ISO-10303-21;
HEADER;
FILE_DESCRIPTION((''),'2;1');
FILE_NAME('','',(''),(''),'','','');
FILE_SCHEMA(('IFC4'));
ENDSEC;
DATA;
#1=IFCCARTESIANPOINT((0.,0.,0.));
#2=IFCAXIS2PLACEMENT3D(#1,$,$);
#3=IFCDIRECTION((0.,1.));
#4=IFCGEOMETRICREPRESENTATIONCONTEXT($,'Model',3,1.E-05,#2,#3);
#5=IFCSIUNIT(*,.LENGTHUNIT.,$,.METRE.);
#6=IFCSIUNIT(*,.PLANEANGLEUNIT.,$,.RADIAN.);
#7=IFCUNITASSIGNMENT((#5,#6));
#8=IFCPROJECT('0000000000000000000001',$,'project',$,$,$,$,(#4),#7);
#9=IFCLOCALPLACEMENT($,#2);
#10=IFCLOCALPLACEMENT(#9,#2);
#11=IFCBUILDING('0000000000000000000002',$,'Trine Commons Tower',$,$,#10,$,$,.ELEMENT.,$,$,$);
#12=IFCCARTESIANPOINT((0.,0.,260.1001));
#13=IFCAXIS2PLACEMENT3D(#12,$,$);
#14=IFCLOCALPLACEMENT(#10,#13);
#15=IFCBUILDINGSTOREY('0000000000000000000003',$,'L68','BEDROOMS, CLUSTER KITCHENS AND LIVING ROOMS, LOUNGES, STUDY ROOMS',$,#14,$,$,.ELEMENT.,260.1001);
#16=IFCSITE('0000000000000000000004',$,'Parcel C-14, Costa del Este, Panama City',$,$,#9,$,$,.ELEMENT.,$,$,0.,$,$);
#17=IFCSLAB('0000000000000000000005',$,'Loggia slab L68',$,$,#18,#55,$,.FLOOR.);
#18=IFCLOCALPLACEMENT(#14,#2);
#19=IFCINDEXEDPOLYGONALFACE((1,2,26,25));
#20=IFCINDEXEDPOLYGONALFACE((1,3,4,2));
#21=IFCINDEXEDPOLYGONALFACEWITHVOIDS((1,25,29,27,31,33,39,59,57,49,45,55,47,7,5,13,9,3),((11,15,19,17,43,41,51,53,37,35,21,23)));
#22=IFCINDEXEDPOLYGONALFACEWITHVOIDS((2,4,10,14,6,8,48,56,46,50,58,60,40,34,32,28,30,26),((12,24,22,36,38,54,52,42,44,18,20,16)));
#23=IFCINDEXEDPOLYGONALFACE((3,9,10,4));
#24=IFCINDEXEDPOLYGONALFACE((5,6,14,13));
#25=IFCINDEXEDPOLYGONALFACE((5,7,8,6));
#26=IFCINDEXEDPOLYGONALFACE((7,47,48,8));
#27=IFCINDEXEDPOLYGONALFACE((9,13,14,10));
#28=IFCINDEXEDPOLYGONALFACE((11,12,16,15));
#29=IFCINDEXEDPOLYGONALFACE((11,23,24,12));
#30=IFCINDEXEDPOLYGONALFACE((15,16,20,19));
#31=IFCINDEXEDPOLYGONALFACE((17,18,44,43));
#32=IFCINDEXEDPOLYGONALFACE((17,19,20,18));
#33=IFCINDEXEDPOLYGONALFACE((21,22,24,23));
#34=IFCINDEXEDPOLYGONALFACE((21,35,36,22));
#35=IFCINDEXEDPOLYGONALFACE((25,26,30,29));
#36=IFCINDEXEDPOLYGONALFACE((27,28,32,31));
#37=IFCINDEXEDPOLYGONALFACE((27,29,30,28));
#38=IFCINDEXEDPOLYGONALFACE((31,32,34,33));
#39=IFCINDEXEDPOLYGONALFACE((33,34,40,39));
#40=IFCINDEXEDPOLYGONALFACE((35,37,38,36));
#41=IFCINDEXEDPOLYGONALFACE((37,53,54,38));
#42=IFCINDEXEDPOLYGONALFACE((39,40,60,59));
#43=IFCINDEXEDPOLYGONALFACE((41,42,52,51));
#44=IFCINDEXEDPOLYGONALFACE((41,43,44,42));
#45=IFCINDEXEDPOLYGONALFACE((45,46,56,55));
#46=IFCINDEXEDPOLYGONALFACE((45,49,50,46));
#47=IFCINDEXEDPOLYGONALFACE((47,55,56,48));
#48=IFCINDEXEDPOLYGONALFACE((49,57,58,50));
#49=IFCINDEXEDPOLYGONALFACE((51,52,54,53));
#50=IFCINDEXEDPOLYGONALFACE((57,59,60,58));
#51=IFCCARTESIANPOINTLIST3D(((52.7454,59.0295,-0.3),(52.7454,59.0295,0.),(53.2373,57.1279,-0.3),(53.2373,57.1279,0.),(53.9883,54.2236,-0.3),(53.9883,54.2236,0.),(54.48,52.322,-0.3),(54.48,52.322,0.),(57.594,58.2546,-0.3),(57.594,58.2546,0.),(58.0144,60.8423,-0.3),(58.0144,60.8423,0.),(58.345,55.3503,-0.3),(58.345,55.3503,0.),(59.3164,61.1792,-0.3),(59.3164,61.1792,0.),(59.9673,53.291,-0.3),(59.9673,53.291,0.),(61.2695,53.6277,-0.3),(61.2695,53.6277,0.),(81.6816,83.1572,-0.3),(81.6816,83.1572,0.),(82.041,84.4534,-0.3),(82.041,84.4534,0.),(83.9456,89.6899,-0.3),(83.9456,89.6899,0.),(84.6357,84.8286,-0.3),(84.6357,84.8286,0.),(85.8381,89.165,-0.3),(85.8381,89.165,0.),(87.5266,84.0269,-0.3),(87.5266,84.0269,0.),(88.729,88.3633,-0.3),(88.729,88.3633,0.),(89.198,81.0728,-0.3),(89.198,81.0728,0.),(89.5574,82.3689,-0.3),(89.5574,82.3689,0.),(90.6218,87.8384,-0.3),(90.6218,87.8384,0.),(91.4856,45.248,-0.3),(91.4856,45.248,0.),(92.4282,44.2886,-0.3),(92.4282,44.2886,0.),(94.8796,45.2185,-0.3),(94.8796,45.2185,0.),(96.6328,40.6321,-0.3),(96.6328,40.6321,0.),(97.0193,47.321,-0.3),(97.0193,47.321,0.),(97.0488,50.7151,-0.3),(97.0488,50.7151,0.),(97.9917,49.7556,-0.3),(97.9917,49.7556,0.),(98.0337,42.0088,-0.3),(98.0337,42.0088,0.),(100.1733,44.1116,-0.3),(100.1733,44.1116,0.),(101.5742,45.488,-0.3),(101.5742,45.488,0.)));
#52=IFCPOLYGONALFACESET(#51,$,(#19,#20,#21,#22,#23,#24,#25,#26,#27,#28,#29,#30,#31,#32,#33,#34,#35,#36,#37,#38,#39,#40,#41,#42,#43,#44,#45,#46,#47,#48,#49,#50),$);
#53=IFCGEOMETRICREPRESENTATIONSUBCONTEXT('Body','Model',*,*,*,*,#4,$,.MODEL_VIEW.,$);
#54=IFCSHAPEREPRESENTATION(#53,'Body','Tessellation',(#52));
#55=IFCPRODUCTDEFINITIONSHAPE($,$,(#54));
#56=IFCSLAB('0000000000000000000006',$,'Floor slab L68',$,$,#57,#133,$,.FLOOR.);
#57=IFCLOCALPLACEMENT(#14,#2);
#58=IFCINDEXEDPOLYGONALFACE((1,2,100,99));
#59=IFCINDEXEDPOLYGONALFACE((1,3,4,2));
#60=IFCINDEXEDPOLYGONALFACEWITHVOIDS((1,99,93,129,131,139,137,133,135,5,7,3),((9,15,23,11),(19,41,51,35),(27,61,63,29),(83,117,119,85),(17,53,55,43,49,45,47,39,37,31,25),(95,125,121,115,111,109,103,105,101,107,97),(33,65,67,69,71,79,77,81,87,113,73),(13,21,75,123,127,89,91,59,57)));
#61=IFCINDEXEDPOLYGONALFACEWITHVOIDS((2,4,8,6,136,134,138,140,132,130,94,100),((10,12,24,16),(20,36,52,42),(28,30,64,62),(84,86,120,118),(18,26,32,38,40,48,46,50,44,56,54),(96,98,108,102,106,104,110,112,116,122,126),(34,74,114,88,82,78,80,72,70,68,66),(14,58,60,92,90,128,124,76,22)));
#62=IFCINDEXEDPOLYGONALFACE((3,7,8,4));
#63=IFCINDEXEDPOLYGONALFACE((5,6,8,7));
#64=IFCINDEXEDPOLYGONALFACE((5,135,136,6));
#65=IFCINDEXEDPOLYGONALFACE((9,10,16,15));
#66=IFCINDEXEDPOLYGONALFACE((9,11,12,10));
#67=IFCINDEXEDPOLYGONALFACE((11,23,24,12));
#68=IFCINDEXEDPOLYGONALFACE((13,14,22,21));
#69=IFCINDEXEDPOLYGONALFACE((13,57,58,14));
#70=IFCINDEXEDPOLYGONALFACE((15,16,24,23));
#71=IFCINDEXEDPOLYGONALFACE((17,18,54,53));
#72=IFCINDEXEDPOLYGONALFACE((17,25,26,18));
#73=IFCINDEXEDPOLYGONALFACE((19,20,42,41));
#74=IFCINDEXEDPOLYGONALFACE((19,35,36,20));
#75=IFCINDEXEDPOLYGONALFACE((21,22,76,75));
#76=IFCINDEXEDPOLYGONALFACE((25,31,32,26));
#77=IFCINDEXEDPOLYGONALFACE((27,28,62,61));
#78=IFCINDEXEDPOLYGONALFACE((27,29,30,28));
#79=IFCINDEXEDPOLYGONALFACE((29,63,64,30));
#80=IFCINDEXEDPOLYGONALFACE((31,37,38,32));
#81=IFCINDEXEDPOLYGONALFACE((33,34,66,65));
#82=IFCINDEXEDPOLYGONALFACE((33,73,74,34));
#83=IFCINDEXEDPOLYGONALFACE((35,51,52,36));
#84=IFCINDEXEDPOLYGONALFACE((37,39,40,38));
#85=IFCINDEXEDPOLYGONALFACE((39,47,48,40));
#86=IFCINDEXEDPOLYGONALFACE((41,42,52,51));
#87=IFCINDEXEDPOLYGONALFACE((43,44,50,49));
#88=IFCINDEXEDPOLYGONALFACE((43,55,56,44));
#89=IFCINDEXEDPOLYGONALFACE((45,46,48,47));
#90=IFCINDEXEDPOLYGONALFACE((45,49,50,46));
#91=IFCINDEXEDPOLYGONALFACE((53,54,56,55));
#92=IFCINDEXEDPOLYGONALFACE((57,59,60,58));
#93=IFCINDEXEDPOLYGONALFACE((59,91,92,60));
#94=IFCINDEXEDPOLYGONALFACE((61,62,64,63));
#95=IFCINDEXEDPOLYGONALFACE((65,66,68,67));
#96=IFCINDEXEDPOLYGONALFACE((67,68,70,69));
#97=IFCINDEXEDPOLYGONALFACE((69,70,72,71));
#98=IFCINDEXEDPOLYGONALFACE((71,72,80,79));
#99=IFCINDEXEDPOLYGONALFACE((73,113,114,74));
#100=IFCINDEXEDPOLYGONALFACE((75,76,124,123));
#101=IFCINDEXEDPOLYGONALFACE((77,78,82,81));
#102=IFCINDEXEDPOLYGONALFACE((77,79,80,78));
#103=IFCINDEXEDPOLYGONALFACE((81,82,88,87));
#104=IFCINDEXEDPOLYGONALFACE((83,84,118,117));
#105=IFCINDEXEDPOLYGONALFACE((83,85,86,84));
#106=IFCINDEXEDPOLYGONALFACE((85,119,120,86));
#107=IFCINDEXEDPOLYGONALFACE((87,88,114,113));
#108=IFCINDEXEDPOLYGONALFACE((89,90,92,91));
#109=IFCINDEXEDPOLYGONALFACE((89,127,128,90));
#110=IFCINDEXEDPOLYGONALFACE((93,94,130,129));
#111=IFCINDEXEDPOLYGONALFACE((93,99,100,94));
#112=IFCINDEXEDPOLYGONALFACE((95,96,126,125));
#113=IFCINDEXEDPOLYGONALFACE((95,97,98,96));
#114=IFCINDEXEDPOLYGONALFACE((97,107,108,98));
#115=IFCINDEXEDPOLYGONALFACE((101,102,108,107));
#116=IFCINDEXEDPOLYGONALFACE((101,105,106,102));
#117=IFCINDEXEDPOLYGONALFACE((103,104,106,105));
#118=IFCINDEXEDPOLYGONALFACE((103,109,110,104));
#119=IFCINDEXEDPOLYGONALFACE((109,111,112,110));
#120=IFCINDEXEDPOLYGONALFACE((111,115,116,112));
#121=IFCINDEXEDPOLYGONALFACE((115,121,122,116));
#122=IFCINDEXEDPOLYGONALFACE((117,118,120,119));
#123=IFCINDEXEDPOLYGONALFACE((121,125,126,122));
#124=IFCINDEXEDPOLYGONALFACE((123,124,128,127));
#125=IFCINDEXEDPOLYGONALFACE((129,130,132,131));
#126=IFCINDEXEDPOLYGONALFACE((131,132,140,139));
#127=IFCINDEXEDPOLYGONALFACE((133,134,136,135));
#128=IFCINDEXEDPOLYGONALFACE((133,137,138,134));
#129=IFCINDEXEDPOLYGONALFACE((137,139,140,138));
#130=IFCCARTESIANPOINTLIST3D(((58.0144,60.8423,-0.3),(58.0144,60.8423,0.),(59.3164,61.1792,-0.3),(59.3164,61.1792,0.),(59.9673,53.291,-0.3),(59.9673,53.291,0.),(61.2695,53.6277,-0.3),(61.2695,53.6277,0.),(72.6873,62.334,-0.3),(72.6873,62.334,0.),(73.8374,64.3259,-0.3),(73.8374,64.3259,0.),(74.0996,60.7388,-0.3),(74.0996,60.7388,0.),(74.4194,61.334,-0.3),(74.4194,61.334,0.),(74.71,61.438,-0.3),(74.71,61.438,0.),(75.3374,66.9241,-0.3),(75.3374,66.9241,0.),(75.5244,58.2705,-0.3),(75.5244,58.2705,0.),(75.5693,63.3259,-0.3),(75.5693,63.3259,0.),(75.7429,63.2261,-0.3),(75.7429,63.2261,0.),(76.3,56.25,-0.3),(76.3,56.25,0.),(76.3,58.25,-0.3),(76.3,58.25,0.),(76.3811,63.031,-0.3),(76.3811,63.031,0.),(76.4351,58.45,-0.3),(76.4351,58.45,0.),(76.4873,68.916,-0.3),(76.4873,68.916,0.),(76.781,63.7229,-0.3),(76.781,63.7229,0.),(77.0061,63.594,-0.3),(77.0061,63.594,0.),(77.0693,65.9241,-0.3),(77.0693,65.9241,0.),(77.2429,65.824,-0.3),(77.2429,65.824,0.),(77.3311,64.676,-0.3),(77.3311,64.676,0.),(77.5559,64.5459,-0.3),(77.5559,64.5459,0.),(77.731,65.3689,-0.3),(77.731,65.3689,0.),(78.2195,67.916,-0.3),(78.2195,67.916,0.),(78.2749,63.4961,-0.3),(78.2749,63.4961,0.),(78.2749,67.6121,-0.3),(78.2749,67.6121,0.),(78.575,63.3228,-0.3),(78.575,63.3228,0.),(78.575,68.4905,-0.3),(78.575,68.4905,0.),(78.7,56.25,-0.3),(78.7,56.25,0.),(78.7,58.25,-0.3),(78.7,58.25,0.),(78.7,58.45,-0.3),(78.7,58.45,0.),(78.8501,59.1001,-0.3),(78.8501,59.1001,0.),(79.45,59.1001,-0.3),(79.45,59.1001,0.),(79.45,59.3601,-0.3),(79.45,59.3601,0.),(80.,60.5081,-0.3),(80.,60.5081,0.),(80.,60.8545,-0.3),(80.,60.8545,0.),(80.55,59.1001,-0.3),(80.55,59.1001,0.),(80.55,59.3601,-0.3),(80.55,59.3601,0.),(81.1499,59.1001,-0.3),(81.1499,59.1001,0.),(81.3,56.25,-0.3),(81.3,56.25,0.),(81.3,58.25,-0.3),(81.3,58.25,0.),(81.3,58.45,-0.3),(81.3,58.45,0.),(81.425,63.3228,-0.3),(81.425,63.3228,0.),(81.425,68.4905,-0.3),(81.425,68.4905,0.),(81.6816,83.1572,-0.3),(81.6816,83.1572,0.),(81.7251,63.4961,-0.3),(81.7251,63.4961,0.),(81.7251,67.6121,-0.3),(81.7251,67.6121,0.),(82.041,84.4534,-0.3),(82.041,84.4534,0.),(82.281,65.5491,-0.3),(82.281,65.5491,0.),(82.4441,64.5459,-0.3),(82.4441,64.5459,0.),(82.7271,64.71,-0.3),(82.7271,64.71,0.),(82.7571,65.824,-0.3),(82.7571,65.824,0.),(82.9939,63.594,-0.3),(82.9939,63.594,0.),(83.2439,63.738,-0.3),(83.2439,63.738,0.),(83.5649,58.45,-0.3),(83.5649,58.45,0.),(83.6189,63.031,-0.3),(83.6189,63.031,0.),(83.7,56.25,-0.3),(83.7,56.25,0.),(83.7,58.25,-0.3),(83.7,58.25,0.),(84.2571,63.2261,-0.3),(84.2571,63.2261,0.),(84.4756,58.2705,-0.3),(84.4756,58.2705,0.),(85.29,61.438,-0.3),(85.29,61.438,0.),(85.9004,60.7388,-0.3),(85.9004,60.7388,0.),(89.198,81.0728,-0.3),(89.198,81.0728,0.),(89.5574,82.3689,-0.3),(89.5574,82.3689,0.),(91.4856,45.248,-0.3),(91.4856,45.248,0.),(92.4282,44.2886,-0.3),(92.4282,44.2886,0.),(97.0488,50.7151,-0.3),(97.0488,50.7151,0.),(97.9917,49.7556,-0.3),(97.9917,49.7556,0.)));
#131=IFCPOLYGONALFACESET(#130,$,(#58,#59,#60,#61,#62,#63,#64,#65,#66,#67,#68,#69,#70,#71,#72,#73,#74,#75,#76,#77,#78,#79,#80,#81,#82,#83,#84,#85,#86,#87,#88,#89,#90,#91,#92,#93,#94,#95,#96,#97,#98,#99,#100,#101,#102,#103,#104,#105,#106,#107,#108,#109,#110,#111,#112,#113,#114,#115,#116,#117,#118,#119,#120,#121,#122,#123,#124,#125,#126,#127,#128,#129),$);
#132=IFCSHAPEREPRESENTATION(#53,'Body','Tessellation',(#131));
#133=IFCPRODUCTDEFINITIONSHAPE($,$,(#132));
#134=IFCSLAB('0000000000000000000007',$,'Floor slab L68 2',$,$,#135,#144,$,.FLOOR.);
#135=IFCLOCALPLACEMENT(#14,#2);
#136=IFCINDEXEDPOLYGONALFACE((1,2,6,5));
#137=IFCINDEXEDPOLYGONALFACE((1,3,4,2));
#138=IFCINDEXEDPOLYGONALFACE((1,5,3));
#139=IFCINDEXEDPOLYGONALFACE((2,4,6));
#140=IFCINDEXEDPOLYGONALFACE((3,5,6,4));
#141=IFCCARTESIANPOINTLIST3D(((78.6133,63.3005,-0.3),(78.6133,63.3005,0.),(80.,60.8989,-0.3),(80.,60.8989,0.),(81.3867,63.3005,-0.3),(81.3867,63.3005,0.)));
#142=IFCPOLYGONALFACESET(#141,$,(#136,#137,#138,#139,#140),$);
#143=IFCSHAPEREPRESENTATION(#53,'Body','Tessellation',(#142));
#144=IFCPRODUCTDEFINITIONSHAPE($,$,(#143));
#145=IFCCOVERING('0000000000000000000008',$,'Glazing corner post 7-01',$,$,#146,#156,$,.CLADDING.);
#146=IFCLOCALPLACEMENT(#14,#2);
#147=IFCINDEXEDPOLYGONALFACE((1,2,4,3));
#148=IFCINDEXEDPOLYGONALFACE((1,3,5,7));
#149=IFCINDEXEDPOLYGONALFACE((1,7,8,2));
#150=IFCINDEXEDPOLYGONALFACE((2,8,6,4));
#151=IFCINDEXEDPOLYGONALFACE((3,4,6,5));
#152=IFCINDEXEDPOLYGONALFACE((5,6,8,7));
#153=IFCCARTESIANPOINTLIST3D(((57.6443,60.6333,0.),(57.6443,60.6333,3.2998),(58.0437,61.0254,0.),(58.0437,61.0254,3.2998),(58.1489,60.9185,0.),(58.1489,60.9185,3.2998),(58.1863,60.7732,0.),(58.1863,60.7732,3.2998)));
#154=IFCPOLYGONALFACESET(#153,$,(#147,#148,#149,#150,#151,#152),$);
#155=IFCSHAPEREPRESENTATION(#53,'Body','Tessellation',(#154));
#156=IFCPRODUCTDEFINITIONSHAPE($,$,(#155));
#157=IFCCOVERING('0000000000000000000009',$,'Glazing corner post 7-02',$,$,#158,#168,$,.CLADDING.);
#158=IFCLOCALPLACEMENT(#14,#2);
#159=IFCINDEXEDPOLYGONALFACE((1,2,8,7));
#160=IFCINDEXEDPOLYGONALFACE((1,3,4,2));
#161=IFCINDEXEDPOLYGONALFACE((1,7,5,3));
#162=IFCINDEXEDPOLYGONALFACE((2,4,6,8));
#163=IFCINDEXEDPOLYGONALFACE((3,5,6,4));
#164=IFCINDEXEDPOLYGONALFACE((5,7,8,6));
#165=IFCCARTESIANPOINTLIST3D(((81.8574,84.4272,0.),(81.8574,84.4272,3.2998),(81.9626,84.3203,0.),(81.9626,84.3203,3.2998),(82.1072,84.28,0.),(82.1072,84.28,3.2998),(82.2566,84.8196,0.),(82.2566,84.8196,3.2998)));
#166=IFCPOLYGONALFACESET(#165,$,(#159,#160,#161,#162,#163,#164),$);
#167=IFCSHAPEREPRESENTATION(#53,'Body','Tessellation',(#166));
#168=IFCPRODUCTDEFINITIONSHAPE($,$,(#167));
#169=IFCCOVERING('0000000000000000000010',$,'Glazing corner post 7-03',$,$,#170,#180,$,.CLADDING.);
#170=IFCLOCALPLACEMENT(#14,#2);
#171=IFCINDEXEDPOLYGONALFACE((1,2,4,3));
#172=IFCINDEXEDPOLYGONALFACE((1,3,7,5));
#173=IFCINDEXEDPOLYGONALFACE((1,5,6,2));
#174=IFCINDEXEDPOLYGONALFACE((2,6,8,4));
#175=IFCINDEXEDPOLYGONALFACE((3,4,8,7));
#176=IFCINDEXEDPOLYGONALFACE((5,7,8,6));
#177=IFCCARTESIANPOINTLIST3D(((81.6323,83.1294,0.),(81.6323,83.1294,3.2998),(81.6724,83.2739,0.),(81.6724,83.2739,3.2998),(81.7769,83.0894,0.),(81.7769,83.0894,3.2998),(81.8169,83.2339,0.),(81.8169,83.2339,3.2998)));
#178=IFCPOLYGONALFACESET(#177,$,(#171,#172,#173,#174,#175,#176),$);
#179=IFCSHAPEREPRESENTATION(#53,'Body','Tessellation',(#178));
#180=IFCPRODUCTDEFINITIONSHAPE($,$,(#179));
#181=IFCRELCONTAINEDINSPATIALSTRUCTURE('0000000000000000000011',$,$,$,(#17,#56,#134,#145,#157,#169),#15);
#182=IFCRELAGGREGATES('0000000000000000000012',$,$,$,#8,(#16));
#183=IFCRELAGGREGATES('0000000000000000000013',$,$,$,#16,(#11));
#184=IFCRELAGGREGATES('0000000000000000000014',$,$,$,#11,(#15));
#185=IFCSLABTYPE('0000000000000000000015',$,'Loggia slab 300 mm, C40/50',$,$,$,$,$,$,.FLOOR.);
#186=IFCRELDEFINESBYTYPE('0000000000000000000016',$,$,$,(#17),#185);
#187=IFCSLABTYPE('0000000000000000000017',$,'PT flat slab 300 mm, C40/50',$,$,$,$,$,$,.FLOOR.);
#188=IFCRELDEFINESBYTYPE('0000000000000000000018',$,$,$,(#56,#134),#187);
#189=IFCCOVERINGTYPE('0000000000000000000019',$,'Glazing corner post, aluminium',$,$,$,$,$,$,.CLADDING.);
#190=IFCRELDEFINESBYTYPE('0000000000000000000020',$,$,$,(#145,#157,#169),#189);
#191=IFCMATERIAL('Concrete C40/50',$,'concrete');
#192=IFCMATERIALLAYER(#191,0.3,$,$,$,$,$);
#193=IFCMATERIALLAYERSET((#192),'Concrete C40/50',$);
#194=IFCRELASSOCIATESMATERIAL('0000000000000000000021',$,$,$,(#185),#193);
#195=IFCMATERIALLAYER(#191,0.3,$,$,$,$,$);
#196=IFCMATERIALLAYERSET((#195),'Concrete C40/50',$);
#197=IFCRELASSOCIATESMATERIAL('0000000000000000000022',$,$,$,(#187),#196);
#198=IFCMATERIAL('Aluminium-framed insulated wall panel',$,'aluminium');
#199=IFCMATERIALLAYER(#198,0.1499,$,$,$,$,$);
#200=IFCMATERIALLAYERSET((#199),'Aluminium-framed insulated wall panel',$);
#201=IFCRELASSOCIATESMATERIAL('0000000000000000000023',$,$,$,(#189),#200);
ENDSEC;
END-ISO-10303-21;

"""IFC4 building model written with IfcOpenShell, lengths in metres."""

from ifc_helpers import new_model, si_unit, direction, frame, origin, place, context, subcontext, project, spatial, polyline, outline, extrude, material, layer, layer_set, type_object, element, save


model = new_model("IFC4")

# Units and contexts
model_context = context("Model", 3, precision=1e-05, world=origin(), true_north=direction((0.0, 1.0)))
body_context = subcontext(model_context, "Body", "Model", "MODEL_VIEW")
ifc_project = project(units=[si_unit("LENGTHUNIT", "METRE"), si_unit("PLANEANGLEUNIT", "RADIAN")], contexts=[model_context])

# Site, building, storey
site_placement = place(None, origin())
site = spatial("IfcSite", under=ifc_project, at=site_placement, Name="Parcel C-14, Costa del Este, Panama City", CompositionType="ELEMENT", RefElevation=0.0)
building_placement = place(site_placement, origin())
building = spatial("IfcBuilding", under=site, at=building_placement, Name="Trine Commons Tower", CompositionType="ELEMENT")
storey_placement = place(building_placement, frame((0.0, 0.0, 260.1001)))
storey = spatial("IfcBuildingStorey", under=building, at=storey_placement, Name="L68", Description="BEDROOMS, CLUSTER KITCHENS AND LIVING ROOMS, LOUNGES, STUDY ROOMS", CompositionType="ELEMENT", Elevation=260.1001)

# Slabs
ifc_material_1 = material(Name="Concrete C40/50", Category="concrete")
ifc_layer_1 = layer(ifc_material_1, 0.3)
ifc_layer_set_1 = layer_set([ifc_layer_1], Name="Concrete C40/50")
slab_type_1 = type_object("IfcSlabType", Name="Loggia slab 300 mm, C40/50", PredefinedType="FLOOR", material=ifc_layer_set_1)
slab_1_placement = place(storey_placement, frame((0.0, 0.0, -0.3)))
element("IfcSlab", 1, at=slab_1_placement, inside=storey, type_object=slab_type_1, Name="Loggia slab L68", PredefinedType="FLOOR", context=body_context, shape_type="SweptSolid", body=[
    extrude(outline(polyline([(101.5742, 45.488), (90.6218, 87.8384), (88.729, 88.3633), (87.5266, 84.0269), (84.6357, 84.8286), (85.8381, 89.165), (83.9456, 89.6899), (52.7454, 59.0295), (53.2373, 57.1279), (57.594, 58.2546), (58.345, 55.3503), (53.9883, 54.2236), (54.48, 52.322), (96.6328, 40.6321), (98.0337, 42.0088), (94.8796, 45.2185), (97.0193, 47.321), (100.1733, 44.1116), (101.5742, 45.488)]), holes=[polyline([(59.3164, 61.1792), (61.2695, 53.6277), (59.9673, 53.291), (92.4282, 44.2886), (91.4856, 45.248), (97.0488, 50.7151), (97.9917, 49.7556), (89.5574, 82.3689), (89.198, 81.0728), (81.6816, 83.1572), (82.041, 84.4534), (58.0144, 60.8423), (59.3164, 61.1792)])]), origin(), (0.0, 0.0, 1.0), 0.3),
])
ifc_layer_2 = layer(ifc_material_1, 0.3)
ifc_layer_set_2 = layer_set([ifc_layer_2], Name="Concrete C40/50")
slab_type_2 = type_object("IfcSlabType", Name="PT flat slab 300 mm, C40/50", PredefinedType="FLOOR", material=ifc_layer_set_2)
slab_2_placement = place(storey_placement, frame((0.0, 0.0, -0.3)))
element("IfcSlab", 2, at=slab_2_placement, inside=storey, type_object=slab_type_2, Name="Floor slab L68", PredefinedType="FLOOR", context=body_context, shape_type="SweptSolid", body=[
    extrude(outline(polyline([(58.0144, 60.8423), (59.3164, 61.1792), (61.2695, 53.6277), (59.9673, 53.291), (92.4282, 44.2886), (91.4856, 45.248), (97.0488, 50.7151), (97.9917, 49.7556), (89.5574, 82.3689), (89.198, 81.0728), (81.6816, 83.1572), (82.041, 84.4534), (58.0144, 60.8423)]), holes=[polyline([(78.7, 56.25), (78.7, 58.25), (76.3, 58.25), (76.3, 56.25), (78.7, 56.25)]), polyline([(83.7, 56.25), (83.7, 58.25), (81.3, 58.25), (81.3, 56.25), (83.7, 56.25)]), polyline([(81.3, 58.45), (83.5649, 58.45), (80.0, 60.5081), (76.4351, 58.45), (78.7, 58.45), (78.8501, 59.1001), (79.45, 59.1001), (79.45, 59.3601), (80.55, 59.3601), (80.55, 59.1001), (81.1499, 59.1001), (81.3, 58.45)]), polyline([(81.425, 63.3228), (81.425, 68.4905), (78.575, 68.4905), (78.575, 63.3228), (74.0996, 60.7388), (75.5244, 58.2705), (80.0, 60.8545), (84.4756, 58.2705), (85.9004, 60.7388), (81.425, 63.3228)]), polyline([(72.6873, 62.334), (74.4194, 61.334), (75.5693, 63.3259), (73.8374, 64.3259), (72.6873, 62.334)]), polyline([(76.3811, 63.031), (75.7429, 63.2261), (74.71, 61.438), (78.2749, 63.4961), (78.2749, 67.6121), (77.2429, 65.824), (77.731, 65.3689), (77.3311, 64.676), (77.5559, 64.5459), (77.0061, 63.594), (76.781, 63.7229), (76.3811, 63.031)]), polyline([(82.9939, 63.594), (82.4441, 64.5459), (82.7271, 64.71), (82.281, 65.5491), (82.7571, 65.824), (81.7251, 67.6121), (81.7251, 63.4961), (85.29, 61.438), (84.2571, 63.2261), (83.6189, 63.031), (83.2439, 63.738), (82.9939, 63.594)]), polyline([(76.4873, 68.916), (75.3374, 66.9241), (77.0693, 65.9241), (78.2195, 67.916), (76.4873, 68.916)])]), origin(), (0.0, 0.0, 1.0), 0.3),
])
slab_3_placement = place(storey_placement, frame((0.0, 0.0, -0.3)))
element("IfcSlab", 3, at=slab_3_placement, inside=storey, type_object=slab_type_2, Name="Floor slab L68 2", PredefinedType="FLOOR", context=body_context, shape_type="SweptSolid", body=[
    extrude(outline(polyline([(81.3867, 63.3005), (78.6133, 63.3005), (80.0, 60.8989), (81.3867, 63.3005)])), origin(), (0.0, 0.0, 1.0), 0.3),
])

# Coverings
ifc_material_2 = material(Name="Aluminium-framed insulated wall panel", Category="aluminium")
ifc_layer_3 = layer(ifc_material_2, 0.1499)
ifc_layer_set_3 = layer_set([ifc_layer_3], Name="Aluminium-framed insulated wall panel")
covering_type_1 = type_object("IfcCoveringType", Name="Glazing corner post, aluminium", PredefinedType="CLADDING", material=ifc_layer_set_3)
covering_1_placement = place(storey_placement, origin())
element("IfcCovering", 4, at=covering_1_placement, inside=storey, type_object=covering_type_1, Name="Glazing corner post 7-01", PredefinedType="CLADDING", context=body_context, shape_type="SweptSolid", body=[
    extrude(outline(polyline([(58.1863, 60.7732), (58.1489, 60.9185), (58.0437, 61.0254), (57.6443, 60.6333), (58.1863, 60.7732)])), origin(), (0.0, 0.0, 1.0), 3.2998),
])
covering_2_placement = place(storey_placement, origin())
element("IfcCovering", 5, at=covering_2_placement, inside=storey, type_object=covering_type_1, Name="Glazing corner post 7-02", PredefinedType="CLADDING", context=body_context, shape_type="SweptSolid", body=[
    extrude(outline(polyline([(82.1072, 84.28), (82.2566, 84.8196), (81.8574, 84.4272), (81.9626, 84.3203), (82.1072, 84.28)])), origin(), (0.0, 0.0, 1.0), 3.2998),
])
covering_3_placement = place(storey_placement, origin())
element("IfcCovering", 6, at=covering_3_placement, inside=storey, type_object=covering_type_1, Name="Glazing corner post 7-03", PredefinedType="CLADDING", context=body_context, shape_type="SweptSolid", body=[
    extrude(outline(polyline([(81.7769, 83.0894), (81.8169, 83.2339), (81.6724, 83.2739), (81.6323, 83.1294), (81.7769, 83.0894)])), origin(), (0.0, 0.0, 1.0), 3.2998),
])

save(model, "model.ifc")
